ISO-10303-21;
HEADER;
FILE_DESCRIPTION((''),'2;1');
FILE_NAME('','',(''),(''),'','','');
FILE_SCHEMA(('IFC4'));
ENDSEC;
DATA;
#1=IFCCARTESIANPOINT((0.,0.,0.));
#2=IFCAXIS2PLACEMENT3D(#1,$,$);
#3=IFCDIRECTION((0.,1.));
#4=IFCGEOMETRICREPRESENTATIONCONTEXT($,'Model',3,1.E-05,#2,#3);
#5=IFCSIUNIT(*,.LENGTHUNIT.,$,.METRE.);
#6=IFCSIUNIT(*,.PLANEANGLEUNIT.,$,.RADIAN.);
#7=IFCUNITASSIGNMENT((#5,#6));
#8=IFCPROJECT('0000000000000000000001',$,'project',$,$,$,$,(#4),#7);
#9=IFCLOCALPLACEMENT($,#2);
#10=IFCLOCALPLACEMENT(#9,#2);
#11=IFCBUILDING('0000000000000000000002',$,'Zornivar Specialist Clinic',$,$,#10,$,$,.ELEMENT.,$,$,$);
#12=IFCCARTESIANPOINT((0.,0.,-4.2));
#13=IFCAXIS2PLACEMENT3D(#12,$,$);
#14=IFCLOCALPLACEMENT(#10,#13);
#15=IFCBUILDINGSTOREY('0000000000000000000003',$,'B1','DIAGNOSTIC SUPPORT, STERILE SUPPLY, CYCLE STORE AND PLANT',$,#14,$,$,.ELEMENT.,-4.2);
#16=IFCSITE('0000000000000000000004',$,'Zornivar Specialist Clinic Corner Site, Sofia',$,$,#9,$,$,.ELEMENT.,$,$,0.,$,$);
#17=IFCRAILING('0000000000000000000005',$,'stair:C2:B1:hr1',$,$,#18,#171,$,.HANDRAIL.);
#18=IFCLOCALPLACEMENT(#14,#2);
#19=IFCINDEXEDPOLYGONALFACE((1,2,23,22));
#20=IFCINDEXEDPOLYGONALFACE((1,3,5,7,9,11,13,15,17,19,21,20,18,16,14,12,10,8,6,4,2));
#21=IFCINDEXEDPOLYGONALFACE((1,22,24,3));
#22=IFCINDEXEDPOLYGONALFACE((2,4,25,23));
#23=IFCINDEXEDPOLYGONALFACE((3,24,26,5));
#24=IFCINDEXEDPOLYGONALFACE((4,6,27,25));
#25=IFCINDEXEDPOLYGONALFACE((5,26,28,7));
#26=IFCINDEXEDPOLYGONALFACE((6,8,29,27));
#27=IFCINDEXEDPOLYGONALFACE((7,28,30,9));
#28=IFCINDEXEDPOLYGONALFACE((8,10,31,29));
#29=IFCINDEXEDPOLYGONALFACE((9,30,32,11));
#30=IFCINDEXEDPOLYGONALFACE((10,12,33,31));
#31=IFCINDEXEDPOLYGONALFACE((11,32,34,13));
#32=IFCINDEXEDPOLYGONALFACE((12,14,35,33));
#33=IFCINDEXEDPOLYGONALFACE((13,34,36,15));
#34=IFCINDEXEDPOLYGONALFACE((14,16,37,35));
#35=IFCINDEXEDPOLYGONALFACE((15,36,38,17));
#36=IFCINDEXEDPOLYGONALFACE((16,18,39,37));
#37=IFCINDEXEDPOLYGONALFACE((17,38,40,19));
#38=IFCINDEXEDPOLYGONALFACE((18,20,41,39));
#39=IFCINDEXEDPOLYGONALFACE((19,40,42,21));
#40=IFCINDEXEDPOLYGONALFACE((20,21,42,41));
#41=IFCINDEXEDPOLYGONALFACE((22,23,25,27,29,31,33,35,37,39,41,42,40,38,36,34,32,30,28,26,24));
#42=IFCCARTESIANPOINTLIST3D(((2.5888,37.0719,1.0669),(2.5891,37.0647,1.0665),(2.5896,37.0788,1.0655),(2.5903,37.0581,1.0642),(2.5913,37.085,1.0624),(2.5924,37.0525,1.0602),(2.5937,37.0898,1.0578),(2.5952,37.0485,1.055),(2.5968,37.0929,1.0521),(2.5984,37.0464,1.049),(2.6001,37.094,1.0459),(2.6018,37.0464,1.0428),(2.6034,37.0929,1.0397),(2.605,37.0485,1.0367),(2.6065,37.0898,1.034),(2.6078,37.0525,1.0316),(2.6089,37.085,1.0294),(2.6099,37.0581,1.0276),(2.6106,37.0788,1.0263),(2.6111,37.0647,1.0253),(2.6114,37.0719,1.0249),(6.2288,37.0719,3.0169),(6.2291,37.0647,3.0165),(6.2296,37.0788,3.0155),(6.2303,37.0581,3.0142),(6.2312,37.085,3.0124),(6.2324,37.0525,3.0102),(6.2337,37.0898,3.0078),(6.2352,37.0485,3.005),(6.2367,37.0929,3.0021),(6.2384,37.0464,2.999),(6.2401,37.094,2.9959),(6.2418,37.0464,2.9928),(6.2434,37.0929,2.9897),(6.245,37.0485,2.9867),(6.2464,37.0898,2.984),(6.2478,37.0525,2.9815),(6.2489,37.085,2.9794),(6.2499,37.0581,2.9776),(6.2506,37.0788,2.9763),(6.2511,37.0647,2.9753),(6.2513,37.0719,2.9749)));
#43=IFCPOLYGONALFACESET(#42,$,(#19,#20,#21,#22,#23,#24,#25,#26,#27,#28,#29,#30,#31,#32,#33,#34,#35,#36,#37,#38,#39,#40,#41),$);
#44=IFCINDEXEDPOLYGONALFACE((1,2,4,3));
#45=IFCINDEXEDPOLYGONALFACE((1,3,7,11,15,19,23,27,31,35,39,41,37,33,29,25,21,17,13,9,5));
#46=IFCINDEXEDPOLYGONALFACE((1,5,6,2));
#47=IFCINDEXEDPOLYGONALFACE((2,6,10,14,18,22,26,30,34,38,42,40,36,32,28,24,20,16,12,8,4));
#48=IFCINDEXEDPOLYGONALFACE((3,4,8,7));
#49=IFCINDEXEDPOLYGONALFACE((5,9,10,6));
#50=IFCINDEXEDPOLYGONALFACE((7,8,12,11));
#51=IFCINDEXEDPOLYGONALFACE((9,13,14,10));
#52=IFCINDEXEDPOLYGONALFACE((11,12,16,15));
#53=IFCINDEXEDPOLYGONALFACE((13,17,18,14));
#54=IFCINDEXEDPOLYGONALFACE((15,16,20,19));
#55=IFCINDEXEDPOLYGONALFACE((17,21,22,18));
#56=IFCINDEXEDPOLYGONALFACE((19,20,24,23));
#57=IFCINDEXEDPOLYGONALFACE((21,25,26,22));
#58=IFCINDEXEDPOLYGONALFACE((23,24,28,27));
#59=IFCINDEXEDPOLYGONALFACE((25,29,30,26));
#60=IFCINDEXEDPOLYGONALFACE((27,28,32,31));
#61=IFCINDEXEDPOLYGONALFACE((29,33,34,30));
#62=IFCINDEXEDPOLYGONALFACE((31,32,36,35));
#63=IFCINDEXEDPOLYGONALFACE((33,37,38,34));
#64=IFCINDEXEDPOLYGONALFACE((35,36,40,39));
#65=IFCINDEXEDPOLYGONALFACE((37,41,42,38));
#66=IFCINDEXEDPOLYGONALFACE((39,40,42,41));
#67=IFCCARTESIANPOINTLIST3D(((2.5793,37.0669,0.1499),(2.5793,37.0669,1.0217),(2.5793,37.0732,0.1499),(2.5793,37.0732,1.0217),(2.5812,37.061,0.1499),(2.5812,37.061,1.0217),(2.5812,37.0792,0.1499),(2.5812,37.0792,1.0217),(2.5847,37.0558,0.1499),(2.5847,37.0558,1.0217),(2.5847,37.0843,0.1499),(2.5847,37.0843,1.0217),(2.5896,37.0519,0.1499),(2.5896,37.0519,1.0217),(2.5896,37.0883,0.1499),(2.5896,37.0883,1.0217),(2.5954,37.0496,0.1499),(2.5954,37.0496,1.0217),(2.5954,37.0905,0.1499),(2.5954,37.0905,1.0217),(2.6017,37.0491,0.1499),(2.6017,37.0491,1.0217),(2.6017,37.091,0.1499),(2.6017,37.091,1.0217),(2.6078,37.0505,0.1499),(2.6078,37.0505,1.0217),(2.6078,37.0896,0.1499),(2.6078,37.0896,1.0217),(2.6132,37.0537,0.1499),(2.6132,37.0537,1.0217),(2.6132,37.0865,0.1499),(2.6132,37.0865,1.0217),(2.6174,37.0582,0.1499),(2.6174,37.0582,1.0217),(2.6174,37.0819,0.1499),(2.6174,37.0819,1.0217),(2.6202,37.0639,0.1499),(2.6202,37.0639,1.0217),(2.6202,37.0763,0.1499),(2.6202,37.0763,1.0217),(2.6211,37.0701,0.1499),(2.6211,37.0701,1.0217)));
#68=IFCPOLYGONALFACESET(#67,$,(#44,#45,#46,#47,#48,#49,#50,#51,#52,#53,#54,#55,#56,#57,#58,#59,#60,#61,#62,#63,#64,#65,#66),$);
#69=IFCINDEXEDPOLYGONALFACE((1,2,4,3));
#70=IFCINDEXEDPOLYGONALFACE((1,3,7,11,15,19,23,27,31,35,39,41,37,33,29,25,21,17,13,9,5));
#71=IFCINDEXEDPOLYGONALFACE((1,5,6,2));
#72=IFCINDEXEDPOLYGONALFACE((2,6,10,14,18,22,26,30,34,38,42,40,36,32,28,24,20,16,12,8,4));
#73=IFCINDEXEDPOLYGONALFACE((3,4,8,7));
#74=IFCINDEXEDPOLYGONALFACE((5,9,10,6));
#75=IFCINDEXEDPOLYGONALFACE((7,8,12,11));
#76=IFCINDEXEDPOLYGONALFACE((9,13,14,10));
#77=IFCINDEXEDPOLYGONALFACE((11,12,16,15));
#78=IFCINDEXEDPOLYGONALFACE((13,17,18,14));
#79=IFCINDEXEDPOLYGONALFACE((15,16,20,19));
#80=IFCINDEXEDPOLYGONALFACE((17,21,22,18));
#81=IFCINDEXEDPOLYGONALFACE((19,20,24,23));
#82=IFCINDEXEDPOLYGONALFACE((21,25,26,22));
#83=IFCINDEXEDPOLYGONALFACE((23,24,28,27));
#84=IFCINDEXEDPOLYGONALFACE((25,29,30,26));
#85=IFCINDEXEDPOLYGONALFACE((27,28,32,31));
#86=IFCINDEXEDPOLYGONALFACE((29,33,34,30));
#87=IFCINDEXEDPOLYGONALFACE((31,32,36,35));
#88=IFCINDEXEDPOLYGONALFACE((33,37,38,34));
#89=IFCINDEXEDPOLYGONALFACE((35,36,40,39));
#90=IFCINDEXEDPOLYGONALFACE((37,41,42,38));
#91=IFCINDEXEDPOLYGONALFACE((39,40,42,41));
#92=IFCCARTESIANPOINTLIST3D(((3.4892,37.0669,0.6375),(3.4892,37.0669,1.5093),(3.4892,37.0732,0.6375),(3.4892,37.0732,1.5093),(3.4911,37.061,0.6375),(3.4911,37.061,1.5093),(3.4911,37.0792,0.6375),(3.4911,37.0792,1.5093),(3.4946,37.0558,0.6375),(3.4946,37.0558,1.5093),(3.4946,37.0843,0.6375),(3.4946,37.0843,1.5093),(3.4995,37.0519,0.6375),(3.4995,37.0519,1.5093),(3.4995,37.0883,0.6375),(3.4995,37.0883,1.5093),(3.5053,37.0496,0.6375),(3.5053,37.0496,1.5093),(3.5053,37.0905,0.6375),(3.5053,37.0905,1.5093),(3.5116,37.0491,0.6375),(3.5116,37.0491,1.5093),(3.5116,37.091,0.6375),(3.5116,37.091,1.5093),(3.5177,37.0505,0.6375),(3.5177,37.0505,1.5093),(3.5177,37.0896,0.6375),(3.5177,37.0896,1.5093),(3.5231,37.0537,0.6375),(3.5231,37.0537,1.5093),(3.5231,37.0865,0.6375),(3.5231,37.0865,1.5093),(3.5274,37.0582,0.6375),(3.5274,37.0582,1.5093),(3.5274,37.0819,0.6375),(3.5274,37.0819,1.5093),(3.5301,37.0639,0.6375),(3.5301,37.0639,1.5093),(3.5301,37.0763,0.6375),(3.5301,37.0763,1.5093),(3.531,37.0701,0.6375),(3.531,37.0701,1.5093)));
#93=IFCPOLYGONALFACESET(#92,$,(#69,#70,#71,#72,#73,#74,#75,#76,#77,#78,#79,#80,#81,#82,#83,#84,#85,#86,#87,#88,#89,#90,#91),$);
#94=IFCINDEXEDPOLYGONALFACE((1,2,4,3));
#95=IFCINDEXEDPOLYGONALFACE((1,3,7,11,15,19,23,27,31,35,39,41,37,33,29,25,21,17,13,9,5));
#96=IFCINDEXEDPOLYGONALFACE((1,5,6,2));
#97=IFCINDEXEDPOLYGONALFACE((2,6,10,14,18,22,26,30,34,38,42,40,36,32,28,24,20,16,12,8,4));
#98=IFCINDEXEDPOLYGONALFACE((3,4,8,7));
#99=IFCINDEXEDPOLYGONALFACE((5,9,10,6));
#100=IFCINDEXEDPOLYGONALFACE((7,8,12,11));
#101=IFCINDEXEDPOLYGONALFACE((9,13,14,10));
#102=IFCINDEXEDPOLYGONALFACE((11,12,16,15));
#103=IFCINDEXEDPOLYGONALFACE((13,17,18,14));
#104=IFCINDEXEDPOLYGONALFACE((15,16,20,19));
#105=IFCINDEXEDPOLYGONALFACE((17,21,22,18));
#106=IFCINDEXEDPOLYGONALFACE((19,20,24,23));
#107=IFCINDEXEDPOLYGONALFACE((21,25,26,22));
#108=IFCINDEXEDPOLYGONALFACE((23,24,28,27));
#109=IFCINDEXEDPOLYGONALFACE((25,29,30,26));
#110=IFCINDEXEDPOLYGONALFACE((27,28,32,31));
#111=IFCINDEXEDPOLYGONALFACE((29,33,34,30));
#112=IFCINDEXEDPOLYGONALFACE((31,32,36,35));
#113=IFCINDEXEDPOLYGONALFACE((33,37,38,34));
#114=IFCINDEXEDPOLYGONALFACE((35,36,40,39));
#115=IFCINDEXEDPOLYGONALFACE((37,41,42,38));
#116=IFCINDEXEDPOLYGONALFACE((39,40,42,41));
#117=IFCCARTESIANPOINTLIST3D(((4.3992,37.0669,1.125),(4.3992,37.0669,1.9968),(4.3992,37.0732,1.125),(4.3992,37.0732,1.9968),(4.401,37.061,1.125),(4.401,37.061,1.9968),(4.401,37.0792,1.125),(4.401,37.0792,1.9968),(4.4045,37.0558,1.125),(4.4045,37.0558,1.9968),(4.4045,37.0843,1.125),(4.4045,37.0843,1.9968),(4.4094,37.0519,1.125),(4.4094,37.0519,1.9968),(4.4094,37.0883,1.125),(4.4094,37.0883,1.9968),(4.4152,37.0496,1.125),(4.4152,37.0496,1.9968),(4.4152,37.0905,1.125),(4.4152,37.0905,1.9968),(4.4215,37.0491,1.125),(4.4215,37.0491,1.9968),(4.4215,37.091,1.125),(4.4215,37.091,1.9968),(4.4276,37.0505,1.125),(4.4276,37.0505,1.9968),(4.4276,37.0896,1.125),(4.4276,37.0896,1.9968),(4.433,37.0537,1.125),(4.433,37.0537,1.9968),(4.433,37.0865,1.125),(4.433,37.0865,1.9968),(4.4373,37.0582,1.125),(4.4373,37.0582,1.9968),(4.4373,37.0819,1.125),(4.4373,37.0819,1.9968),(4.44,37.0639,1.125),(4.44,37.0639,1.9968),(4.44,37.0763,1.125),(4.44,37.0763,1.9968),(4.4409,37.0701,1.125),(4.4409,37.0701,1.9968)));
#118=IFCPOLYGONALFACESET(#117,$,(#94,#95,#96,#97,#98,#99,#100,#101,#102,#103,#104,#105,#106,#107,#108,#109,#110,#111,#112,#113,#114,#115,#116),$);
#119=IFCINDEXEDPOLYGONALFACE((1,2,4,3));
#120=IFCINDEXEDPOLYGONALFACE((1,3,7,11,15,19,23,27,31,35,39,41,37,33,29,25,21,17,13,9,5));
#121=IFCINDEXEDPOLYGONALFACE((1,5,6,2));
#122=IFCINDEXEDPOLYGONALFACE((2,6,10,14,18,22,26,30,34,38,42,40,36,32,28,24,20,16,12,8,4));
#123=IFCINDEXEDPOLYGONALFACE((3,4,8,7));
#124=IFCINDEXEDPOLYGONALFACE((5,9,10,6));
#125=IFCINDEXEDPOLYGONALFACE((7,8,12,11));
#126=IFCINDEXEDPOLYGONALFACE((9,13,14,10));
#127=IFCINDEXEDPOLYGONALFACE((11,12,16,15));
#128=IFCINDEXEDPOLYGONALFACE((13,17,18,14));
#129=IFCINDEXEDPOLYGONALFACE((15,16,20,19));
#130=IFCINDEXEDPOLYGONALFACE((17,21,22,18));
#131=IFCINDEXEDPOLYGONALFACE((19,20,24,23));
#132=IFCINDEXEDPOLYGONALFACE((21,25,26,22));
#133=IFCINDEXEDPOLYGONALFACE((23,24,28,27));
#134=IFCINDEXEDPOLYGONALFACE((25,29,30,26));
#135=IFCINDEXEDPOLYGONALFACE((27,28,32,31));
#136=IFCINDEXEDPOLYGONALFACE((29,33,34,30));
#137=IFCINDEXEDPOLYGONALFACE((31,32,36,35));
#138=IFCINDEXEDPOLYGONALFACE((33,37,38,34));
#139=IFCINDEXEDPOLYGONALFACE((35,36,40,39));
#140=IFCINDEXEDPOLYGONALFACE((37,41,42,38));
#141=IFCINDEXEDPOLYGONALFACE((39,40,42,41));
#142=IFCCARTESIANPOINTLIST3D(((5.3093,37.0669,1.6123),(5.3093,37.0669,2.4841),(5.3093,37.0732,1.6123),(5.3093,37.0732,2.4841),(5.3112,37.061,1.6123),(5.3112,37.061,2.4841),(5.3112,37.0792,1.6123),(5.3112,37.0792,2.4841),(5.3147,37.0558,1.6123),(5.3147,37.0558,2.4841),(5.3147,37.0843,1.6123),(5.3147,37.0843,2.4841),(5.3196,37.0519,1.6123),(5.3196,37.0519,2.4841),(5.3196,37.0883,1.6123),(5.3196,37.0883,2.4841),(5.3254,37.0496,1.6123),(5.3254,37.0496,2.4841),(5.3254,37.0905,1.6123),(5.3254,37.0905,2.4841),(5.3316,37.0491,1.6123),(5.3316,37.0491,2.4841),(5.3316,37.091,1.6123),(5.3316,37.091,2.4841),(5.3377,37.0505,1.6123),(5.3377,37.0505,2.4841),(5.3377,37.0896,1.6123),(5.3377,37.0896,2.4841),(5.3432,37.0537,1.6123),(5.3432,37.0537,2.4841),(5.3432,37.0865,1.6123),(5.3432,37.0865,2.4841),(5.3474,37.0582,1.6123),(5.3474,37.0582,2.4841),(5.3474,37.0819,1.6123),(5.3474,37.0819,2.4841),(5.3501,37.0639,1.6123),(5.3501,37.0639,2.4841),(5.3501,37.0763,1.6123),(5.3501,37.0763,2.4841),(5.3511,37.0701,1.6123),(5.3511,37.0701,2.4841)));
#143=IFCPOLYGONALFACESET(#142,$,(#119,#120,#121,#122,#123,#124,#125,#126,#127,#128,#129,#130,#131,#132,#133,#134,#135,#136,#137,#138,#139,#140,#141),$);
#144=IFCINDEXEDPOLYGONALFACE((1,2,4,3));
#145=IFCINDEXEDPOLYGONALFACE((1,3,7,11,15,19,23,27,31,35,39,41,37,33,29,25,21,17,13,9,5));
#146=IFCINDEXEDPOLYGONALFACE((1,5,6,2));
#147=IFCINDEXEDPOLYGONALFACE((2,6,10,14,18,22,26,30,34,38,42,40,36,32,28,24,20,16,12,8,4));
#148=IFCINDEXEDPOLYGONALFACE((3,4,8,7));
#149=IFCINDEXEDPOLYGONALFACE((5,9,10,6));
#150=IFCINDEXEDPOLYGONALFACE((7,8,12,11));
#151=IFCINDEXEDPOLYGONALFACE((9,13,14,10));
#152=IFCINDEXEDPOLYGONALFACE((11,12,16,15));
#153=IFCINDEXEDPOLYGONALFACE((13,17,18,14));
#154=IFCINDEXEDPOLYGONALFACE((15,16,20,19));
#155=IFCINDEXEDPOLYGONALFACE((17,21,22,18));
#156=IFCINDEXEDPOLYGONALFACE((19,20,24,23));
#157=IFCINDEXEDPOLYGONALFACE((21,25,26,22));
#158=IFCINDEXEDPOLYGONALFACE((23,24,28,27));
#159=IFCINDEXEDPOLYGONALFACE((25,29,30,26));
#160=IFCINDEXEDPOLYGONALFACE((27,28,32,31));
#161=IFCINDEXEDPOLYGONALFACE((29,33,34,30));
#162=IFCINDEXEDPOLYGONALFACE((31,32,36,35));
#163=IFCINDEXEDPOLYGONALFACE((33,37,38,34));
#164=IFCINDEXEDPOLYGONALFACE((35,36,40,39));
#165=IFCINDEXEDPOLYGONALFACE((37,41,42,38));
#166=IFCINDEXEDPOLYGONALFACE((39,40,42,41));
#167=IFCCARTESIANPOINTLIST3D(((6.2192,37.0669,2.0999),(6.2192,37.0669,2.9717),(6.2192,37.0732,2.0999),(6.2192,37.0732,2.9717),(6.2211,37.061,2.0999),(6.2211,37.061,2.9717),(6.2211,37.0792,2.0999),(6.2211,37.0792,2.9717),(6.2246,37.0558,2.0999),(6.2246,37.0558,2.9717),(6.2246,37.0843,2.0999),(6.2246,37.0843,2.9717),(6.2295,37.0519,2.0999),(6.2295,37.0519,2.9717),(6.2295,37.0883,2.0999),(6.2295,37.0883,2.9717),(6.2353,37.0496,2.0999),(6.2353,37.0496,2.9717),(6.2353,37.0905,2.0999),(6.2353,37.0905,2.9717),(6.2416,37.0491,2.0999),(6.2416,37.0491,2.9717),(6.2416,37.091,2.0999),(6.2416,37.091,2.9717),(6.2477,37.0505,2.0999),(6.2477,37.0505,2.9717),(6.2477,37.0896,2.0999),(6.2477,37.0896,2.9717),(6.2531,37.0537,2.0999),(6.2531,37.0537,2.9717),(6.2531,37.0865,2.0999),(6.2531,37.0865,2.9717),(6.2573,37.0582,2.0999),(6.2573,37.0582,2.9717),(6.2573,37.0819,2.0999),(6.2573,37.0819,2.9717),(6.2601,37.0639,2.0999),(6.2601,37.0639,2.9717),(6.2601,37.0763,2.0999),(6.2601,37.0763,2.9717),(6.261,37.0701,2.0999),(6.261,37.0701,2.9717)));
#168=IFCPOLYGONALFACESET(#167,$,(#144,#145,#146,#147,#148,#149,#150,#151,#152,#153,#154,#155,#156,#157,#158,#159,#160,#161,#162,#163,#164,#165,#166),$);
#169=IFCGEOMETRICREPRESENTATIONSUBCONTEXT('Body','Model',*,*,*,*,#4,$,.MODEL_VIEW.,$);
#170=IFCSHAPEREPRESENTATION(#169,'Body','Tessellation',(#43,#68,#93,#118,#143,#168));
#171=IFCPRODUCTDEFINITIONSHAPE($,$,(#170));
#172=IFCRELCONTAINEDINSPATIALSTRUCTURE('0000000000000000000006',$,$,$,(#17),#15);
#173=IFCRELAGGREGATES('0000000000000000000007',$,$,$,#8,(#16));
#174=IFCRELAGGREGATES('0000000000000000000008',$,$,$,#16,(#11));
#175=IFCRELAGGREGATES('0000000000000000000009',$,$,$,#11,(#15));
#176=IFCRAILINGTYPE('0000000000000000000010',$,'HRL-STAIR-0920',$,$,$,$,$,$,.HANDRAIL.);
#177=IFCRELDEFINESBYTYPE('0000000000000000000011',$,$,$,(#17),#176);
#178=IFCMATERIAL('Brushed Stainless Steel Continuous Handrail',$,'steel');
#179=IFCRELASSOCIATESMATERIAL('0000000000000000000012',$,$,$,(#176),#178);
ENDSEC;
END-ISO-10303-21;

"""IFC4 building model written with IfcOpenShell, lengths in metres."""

from ifc_helpers import new_model, si_unit, direction, frame, origin, origin_2d, place, context, subcontext, project, spatial, circle, extrude, material, type_object, element, save


model = new_model("IFC4")

# Units and contexts
model_context = context("Model", 3, precision=1e-05, world=origin(), true_north=direction((0.0, 1.0)))
body_context = subcontext(model_context, "Body", "Model", "MODEL_VIEW")
ifc_project = project(units=[si_unit("LENGTHUNIT", "METRE"), si_unit("PLANEANGLEUNIT", "RADIAN")], contexts=[model_context])

# Site, building, storey
site_placement = place(None, origin())
site = spatial("IfcSite", under=ifc_project, at=site_placement, Name="Zornivar Specialist Clinic Corner Site, Sofia", CompositionType="ELEMENT", RefElevation=0.0)
building_placement = place(site_placement, origin())
building = spatial("IfcBuilding", under=site, at=building_placement, Name="Zornivar Specialist Clinic", CompositionType="ELEMENT")
storey_placement = place(building_placement, frame((0.0, 0.0, -4.2)))
storey = spatial("IfcBuildingStorey", under=building, at=storey_placement, Name="B1", Description="DIAGNOSTIC SUPPORT, STERILE SUPPLY, CYCLE STORE AND PLANT", CompositionType="ELEMENT", Elevation=-4.2)

# Railing
ifc_material_1 = material(Name="Brushed Stainless Steel Continuous Handrail", Category="steel")
railing_type_1 = type_object("IfcRailingType", Name="HRL-STAIR-0920", PredefinedType="HANDRAIL", material=ifc_material_1)
railing_1_placement = place(storey_placement, frame((2.6001, 37.0701, 0.1499)))
element("IfcRailing", 1, at=railing_1_placement, inside=storey, type_object=railing_type_1, Name="stair:C2:B1:hr1", PredefinedType="HANDRAIL", context=body_context, shape_type="SweptSolid", body=[
    extrude(circle(Radius=0.0239, at=origin_2d()), frame((0.0, 0.0, 0.896), z_axis=(0.881479, 0.0, 0.472223), x_axis=(0.0, 1.0, 0.0)), (0.0, 0.0, 1.0), 4.1294),
    extrude(circle(Radius=0.021, at=origin_2d()), origin(), (0.0, 0.0, 1.0), 0.8718),
    extrude(circle(Radius=0.021, at=origin_2d()), frame((0.9099, 0.0, 0.4875)), (0.0, 0.0, 1.0), 0.8718),
    extrude(circle(Radius=0.021, at=origin_2d()), frame((1.8198, 0.0, 0.9751)), (0.0, 0.0, 1.0), 0.8718),
    extrude(circle(Radius=0.021, at=origin_2d()), frame((2.73, 0.0, 1.4624)), (0.0, 0.0, 1.0), 0.8718),
    extrude(circle(Radius=0.021, at=origin_2d()), frame((3.6399, 0.0, 1.95)), (0.0, 0.0, 1.0), 0.8718),
])

save(model, "model.ifc")
